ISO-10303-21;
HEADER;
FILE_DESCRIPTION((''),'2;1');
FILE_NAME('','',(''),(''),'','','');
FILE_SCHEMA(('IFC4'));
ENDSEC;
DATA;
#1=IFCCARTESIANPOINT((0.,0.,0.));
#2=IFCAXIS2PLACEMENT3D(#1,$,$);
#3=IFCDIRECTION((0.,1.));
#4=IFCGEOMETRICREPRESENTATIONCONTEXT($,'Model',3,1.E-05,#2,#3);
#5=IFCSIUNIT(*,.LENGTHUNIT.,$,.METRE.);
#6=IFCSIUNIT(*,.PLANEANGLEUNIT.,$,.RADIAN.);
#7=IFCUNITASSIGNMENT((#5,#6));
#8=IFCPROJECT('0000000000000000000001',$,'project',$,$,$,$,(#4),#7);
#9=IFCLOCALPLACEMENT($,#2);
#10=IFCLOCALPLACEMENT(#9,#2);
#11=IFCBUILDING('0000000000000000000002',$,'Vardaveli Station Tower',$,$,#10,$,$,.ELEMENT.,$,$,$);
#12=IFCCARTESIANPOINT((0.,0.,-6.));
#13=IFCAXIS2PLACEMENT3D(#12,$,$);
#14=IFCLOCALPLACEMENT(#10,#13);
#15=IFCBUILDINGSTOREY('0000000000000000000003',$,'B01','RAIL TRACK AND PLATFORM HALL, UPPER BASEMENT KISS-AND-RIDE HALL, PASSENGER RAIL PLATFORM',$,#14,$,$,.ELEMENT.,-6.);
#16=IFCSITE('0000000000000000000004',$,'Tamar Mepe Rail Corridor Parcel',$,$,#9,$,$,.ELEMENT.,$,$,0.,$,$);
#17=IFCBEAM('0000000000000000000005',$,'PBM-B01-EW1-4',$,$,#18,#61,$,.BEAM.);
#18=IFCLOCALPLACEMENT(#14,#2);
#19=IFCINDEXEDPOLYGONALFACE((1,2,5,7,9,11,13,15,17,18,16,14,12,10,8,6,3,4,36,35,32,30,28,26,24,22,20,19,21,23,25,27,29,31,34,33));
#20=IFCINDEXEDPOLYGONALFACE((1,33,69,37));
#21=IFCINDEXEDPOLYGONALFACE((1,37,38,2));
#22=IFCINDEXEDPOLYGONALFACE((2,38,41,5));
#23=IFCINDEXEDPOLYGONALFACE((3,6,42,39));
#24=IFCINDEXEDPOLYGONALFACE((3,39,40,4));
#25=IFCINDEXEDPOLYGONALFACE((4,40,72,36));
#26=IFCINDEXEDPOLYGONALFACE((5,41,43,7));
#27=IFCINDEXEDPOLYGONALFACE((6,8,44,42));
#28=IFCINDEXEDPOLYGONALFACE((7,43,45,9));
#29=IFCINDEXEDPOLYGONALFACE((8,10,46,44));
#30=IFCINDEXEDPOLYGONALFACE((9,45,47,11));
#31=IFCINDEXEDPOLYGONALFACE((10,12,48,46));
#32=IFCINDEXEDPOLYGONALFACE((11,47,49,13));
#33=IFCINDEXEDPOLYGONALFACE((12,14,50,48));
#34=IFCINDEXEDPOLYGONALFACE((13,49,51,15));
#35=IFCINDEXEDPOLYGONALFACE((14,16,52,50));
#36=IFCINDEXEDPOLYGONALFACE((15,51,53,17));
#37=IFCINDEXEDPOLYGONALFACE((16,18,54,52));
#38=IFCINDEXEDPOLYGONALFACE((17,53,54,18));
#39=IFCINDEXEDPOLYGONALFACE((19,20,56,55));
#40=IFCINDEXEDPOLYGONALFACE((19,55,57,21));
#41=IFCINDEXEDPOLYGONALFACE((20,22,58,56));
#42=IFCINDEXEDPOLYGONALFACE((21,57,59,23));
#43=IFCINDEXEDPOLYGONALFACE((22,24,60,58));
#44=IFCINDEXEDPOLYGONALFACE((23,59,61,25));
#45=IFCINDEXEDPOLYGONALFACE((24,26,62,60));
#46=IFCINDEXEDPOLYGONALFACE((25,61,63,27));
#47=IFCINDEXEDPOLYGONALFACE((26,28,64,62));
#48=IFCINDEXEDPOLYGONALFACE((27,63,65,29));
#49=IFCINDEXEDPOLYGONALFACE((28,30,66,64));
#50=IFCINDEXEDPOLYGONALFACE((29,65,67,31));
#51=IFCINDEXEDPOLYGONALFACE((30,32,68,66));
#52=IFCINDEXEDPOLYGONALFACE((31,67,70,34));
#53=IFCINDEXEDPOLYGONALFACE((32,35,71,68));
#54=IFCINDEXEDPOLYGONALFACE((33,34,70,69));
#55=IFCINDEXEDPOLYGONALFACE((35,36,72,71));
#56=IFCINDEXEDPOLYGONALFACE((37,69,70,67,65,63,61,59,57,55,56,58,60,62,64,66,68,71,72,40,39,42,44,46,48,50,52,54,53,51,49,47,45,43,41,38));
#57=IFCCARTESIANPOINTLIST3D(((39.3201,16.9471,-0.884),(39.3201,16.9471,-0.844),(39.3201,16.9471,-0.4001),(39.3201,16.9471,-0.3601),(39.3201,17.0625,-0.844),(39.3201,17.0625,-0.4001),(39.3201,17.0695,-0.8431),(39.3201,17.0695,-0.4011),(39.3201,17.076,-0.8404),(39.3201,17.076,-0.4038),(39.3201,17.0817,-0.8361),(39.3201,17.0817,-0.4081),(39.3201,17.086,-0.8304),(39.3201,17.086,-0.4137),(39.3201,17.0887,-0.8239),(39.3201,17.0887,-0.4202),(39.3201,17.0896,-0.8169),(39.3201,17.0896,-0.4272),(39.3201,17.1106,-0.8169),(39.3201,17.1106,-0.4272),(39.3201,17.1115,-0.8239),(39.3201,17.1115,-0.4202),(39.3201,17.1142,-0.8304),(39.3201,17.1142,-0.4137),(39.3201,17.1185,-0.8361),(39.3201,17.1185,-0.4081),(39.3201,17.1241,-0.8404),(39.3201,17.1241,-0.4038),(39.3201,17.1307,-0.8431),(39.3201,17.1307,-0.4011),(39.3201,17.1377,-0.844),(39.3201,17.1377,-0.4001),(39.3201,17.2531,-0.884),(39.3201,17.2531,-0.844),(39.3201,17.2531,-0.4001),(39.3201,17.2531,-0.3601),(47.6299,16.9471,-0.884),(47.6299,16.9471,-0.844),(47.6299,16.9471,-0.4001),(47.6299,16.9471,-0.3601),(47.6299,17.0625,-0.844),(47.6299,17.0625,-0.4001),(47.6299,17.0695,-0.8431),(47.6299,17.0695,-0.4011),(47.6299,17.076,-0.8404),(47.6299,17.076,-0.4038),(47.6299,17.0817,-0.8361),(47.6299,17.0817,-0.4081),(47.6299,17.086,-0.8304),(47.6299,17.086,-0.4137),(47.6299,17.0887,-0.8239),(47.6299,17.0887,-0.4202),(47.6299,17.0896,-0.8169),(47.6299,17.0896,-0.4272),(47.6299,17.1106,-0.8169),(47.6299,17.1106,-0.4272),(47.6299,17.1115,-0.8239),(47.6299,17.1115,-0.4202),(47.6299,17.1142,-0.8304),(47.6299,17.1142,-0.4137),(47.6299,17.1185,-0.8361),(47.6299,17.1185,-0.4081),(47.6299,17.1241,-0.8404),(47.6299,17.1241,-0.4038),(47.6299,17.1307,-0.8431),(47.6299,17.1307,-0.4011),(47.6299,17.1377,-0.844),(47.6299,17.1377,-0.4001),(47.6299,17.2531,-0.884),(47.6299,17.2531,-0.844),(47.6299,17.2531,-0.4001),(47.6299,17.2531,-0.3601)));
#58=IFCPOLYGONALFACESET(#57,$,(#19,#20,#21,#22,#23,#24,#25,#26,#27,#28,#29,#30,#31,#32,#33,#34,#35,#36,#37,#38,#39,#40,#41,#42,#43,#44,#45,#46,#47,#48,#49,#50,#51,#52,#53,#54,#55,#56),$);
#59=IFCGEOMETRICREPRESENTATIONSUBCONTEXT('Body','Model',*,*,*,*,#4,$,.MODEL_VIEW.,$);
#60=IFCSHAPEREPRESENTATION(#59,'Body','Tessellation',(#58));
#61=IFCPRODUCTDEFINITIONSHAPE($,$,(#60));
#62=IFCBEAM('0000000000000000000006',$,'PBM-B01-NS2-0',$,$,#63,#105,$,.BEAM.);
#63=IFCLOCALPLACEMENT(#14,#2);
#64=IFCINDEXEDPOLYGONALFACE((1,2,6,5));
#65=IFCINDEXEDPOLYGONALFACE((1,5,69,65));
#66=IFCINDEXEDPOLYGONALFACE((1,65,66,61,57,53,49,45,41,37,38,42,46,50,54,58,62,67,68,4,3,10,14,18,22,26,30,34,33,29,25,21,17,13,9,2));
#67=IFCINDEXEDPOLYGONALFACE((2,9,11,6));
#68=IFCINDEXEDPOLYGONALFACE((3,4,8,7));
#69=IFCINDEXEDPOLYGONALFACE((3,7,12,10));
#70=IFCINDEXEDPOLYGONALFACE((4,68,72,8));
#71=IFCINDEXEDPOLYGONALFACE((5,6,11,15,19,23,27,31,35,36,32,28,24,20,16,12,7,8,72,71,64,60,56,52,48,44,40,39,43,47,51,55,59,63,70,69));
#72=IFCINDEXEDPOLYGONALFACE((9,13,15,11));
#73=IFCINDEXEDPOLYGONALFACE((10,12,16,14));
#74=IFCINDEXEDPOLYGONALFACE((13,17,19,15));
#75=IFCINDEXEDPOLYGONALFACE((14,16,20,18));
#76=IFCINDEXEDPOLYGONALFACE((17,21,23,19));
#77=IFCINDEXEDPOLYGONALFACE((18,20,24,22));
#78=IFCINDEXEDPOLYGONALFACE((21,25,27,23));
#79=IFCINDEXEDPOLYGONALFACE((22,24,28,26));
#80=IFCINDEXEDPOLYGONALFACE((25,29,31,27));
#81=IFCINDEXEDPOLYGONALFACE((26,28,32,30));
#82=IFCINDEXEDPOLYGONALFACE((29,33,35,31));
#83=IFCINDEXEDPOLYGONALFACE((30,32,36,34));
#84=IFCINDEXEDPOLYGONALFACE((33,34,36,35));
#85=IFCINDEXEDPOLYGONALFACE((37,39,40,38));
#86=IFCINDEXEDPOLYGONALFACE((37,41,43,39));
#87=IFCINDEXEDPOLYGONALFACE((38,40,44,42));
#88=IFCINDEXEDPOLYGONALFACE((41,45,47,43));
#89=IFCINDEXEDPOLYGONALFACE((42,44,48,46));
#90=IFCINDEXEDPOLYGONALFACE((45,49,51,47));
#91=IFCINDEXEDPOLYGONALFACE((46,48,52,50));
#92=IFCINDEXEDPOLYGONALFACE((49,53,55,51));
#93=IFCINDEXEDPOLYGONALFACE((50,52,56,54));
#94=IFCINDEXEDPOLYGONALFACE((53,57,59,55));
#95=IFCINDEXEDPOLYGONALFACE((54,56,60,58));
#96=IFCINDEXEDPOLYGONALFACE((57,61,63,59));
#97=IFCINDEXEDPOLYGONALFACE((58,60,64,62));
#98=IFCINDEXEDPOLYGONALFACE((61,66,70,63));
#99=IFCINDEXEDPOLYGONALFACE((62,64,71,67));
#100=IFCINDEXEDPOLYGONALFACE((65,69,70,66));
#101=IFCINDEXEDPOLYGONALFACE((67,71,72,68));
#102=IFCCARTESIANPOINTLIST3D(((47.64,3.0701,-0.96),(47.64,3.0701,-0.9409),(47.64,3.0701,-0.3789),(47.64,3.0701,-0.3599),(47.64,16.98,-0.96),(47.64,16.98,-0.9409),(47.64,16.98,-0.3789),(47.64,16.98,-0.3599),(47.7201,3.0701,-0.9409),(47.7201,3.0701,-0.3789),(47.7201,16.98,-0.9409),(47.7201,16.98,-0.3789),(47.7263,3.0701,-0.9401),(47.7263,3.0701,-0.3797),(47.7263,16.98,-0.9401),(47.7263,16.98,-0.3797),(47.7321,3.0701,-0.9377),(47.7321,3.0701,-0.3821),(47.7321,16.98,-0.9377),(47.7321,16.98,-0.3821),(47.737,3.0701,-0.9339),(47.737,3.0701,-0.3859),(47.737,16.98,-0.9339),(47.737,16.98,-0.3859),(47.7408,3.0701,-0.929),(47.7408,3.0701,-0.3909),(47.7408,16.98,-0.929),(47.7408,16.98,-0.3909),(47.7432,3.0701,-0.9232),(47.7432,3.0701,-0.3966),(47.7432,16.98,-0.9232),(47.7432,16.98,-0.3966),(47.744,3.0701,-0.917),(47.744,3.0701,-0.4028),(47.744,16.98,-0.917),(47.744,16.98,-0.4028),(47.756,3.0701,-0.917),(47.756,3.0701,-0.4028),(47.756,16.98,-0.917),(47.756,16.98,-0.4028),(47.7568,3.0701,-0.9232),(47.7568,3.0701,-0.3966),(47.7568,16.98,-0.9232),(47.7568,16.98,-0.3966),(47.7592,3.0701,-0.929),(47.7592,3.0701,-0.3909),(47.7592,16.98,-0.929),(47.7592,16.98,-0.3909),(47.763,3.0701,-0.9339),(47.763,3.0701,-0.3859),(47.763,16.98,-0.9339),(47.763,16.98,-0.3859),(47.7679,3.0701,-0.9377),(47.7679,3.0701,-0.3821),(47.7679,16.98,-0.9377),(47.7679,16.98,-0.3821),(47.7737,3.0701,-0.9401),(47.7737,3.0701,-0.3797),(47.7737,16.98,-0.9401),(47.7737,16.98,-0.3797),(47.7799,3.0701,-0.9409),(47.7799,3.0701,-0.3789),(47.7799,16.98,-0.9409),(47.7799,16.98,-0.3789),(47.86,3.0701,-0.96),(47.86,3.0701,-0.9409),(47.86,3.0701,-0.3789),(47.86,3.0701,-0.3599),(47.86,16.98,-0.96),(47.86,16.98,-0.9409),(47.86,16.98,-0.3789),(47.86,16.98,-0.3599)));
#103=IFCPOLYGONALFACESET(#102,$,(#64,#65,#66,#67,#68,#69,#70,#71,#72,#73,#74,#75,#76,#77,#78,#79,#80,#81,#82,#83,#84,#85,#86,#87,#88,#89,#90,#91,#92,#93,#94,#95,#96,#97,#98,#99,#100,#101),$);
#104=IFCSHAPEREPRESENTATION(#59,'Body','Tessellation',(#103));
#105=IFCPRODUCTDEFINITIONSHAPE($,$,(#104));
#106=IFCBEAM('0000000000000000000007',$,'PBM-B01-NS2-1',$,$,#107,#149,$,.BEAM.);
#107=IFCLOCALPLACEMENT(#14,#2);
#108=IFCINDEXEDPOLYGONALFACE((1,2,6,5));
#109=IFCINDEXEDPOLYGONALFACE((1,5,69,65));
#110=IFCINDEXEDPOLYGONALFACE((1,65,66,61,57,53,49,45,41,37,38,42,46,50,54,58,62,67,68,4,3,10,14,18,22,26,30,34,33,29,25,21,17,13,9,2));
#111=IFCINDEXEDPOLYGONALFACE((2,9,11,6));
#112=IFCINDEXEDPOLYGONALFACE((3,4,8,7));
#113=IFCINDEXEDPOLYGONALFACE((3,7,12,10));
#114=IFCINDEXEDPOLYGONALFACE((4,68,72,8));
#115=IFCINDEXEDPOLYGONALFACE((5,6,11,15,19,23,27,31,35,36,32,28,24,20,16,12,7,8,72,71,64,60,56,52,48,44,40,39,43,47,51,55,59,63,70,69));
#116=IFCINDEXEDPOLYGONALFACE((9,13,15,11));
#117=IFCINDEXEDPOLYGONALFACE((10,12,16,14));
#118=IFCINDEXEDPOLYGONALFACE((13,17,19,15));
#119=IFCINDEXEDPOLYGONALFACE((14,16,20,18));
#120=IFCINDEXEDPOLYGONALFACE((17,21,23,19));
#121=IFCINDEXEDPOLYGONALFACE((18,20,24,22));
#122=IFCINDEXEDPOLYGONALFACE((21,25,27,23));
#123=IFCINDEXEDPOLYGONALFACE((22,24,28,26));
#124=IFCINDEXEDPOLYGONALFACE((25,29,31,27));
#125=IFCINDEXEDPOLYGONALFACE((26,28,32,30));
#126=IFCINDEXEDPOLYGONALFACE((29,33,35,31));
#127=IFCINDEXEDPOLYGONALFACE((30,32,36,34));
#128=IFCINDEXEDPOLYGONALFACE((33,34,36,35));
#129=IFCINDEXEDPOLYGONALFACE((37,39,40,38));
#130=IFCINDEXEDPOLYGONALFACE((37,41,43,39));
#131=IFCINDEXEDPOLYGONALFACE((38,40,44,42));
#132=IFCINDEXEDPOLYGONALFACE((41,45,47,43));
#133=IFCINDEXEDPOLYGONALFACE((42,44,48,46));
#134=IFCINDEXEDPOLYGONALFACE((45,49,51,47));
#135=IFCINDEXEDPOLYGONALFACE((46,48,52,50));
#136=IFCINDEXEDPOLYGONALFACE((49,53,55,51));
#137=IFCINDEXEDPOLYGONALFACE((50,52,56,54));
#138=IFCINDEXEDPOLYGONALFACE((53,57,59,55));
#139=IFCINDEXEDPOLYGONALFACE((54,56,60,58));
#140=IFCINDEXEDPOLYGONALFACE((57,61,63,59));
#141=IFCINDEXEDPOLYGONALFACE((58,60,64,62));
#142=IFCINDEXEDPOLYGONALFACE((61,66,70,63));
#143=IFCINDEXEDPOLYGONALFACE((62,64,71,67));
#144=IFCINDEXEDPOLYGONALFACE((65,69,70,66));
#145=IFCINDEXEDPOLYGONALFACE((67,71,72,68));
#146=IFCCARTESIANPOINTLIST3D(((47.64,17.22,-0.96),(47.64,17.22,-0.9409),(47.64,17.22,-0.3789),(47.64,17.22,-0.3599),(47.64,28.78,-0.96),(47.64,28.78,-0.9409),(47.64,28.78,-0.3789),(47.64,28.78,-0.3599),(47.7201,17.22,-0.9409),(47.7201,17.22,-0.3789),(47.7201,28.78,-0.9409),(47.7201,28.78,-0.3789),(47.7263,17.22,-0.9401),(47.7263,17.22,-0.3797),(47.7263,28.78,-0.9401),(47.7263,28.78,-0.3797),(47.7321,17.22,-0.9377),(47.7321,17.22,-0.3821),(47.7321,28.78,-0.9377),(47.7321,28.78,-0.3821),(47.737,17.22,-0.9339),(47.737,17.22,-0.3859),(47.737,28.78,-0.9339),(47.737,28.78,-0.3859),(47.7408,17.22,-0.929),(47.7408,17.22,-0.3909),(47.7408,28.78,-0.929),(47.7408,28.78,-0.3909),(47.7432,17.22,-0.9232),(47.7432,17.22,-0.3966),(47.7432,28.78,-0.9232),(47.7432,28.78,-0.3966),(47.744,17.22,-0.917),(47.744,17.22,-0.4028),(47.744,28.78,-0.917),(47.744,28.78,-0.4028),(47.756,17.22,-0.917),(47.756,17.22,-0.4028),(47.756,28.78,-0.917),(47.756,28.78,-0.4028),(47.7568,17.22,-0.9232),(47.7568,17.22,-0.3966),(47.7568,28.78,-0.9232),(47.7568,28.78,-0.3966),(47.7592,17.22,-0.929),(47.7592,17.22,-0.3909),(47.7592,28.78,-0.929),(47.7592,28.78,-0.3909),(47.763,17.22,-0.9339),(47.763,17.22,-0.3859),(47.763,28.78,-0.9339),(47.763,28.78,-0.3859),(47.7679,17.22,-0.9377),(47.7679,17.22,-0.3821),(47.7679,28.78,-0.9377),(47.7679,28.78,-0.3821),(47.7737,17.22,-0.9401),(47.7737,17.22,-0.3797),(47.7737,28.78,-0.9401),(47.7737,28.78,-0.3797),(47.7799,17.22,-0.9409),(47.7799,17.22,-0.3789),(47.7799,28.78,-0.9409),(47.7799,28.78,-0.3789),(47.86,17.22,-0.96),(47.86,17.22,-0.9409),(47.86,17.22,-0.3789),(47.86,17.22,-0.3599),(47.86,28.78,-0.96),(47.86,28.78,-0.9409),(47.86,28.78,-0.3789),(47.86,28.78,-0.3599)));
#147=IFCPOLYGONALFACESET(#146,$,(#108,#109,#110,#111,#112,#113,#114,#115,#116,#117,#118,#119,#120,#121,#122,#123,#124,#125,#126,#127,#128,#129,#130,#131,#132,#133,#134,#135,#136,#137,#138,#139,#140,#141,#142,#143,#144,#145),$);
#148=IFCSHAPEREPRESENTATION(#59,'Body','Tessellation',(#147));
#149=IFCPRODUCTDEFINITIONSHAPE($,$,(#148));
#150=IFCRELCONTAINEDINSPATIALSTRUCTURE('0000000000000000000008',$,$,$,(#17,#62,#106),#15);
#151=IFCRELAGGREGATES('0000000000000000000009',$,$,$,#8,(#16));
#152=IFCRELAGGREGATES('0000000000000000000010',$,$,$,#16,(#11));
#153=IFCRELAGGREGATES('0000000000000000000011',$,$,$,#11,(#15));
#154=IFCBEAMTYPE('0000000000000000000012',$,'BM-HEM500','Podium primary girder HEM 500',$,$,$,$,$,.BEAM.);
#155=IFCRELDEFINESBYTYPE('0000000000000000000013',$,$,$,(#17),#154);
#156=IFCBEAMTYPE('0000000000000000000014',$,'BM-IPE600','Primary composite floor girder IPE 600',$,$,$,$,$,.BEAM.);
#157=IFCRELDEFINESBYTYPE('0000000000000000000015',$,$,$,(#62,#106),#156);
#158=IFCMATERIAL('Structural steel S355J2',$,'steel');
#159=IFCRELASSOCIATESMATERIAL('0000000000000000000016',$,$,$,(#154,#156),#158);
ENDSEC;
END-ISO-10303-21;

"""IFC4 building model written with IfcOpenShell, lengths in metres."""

from ifc_helpers import new_model, si_unit, direction, frame, origin, origin_2d, place, context, subcontext, project, spatial, i_section, extrude, source, transform, mapped, material, material_profile, profile_set, type_object, element, save


model = new_model("IFC4")

# Units and contexts
model_context = context("Model", 3, precision=1e-05, world=origin(), true_north=direction((0.0, 1.0)))
body_context = subcontext(model_context, "Body", "Model", "MODEL_VIEW")
ifc_project = project(units=[si_unit("LENGTHUNIT", "METRE"), si_unit("PLANEANGLEUNIT", "RADIAN")], contexts=[model_context])

# Site, building, storey
site_placement = place(None, origin())
site = spatial("IfcSite", under=ifc_project, at=site_placement, Name="Tamar Mepe Rail Corridor Parcel", CompositionType="ELEMENT", RefElevation=0.0)
building_placement = place(site_placement, origin())
building = spatial("IfcBuilding", under=site, at=building_placement, Name="Vardaveli Station Tower", CompositionType="ELEMENT")
storey_placement = place(building_placement, frame((0.0, 0.0, -6.0)))
storey = spatial("IfcBuildingStorey", under=building, at=storey_placement, Name="B01", Description="RAIL TRACK AND PLATFORM HALL, UPPER BASEMENT KISS-AND-RIDE HALL, PASSENGER RAIL PLATFORM", CompositionType="ELEMENT", Elevation=-6.0)

# Beams
ifc_material_1 = material(Name="Structural steel S355J2", Category="steel")
ifc_material_profile_1 = material_profile(ifc_material_1, i_section(OverallWidth=0.3059, OverallDepth=0.5239, WebThickness=0.021, FlangeThickness=0.04, FilletRadius=0.0271, at=origin_2d()), Name="HEM 500")
ifc_profile_set_1 = profile_set([ifc_material_profile_1], Name="Structural steel S355J2")
beam_type_1 = type_object("IfcBeamType", Name="BM-HEM500", Description="Podium primary girder HEM 500", PredefinedType="BEAM", material=ifc_profile_set_1)
shared_shape_1 = source(origin(), body_context, "Body", "SweptSolid", [
    extrude(i_section(OverallWidth=0.3059, OverallDepth=0.5239, WebThickness=0.021, FlangeThickness=0.04, FilletRadius=0.0271, at=origin_2d()), origin(), (0.0, 0.0, 1.0), 8.3098),
])
beam_1_placement = place(storey_placement, frame((39.3201, 17.1001, -0.6221), z_axis=(1.0, 0.0, 0.0), x_axis=(0.0, 1.0, 0.0)))
element("IfcBeam", 1, at=beam_1_placement, inside=storey, type_object=beam_type_1, Name="PBM-B01-EW1-4", PredefinedType="BEAM", context=body_context, shape_type="MappedRepresentation", body=[
    mapped(shared_shape_1, transform((0.0, 0.0, 0.0), scale=1.0)),
])
ifc_material_profile_2 = material_profile(ifc_material_1, i_section(OverallWidth=0.22, OverallDepth=0.6001, WebThickness=0.012, FlangeThickness=0.019, FilletRadius=0.0239, at=origin_2d()), Name="IPE 600")
ifc_profile_set_2 = profile_set([ifc_material_profile_2], Name="Structural steel S355J2")
beam_type_2 = type_object("IfcBeamType", Name="BM-IPE600", Description="Primary composite floor girder IPE 600", PredefinedType="BEAM", material=ifc_profile_set_2)
shared_shape_2 = source(origin(), body_context, "Body", "SweptSolid", [
    extrude(i_section(OverallWidth=0.22, OverallDepth=0.6001, WebThickness=0.012, FlangeThickness=0.019, FilletRadius=0.0239, at=origin_2d()), origin(), (0.0, 0.0, 1.0), 13.9099),
])
beam_2_placement = place(storey_placement, frame((47.75, 3.0701, -0.6599), z_axis=(0.0, 1.0, 0.0), x_axis=(-1.0, 0.0, 0.0)))
element("IfcBeam", 2, at=beam_2_placement, inside=storey, type_object=beam_type_2, Name="PBM-B01-NS2-0", PredefinedType="BEAM", context=body_context, shape_type="MappedRepresentation", body=[
    mapped(shared_shape_2, transform((0.0, 0.0, 0.0), scale=1.0)),
])
shared_shape_3 = source(origin(), body_context, "Body", "SweptSolid", [
    extrude(i_section(OverallWidth=0.22, OverallDepth=0.6001, WebThickness=0.012, FlangeThickness=0.019, FilletRadius=0.0239, at=origin_2d()), origin(), (0.0, 0.0, 1.0), 11.5601),
])
beam_3_placement = place(storey_placement, frame((47.75, 17.22, -0.6599), z_axis=(0.0, 1.0, 0.0), x_axis=(-1.0, 0.0, 0.0)))
element("IfcBeam", 3, at=beam_3_placement, inside=storey, type_object=beam_type_2, Name="PBM-B01-NS2-1", PredefinedType="BEAM", context=body_context, shape_type="MappedRepresentation", body=[
    mapped(shared_shape_3, transform((0.0, 0.0, 0.0), scale=1.0)),
])

save(model, "model.ifc")
